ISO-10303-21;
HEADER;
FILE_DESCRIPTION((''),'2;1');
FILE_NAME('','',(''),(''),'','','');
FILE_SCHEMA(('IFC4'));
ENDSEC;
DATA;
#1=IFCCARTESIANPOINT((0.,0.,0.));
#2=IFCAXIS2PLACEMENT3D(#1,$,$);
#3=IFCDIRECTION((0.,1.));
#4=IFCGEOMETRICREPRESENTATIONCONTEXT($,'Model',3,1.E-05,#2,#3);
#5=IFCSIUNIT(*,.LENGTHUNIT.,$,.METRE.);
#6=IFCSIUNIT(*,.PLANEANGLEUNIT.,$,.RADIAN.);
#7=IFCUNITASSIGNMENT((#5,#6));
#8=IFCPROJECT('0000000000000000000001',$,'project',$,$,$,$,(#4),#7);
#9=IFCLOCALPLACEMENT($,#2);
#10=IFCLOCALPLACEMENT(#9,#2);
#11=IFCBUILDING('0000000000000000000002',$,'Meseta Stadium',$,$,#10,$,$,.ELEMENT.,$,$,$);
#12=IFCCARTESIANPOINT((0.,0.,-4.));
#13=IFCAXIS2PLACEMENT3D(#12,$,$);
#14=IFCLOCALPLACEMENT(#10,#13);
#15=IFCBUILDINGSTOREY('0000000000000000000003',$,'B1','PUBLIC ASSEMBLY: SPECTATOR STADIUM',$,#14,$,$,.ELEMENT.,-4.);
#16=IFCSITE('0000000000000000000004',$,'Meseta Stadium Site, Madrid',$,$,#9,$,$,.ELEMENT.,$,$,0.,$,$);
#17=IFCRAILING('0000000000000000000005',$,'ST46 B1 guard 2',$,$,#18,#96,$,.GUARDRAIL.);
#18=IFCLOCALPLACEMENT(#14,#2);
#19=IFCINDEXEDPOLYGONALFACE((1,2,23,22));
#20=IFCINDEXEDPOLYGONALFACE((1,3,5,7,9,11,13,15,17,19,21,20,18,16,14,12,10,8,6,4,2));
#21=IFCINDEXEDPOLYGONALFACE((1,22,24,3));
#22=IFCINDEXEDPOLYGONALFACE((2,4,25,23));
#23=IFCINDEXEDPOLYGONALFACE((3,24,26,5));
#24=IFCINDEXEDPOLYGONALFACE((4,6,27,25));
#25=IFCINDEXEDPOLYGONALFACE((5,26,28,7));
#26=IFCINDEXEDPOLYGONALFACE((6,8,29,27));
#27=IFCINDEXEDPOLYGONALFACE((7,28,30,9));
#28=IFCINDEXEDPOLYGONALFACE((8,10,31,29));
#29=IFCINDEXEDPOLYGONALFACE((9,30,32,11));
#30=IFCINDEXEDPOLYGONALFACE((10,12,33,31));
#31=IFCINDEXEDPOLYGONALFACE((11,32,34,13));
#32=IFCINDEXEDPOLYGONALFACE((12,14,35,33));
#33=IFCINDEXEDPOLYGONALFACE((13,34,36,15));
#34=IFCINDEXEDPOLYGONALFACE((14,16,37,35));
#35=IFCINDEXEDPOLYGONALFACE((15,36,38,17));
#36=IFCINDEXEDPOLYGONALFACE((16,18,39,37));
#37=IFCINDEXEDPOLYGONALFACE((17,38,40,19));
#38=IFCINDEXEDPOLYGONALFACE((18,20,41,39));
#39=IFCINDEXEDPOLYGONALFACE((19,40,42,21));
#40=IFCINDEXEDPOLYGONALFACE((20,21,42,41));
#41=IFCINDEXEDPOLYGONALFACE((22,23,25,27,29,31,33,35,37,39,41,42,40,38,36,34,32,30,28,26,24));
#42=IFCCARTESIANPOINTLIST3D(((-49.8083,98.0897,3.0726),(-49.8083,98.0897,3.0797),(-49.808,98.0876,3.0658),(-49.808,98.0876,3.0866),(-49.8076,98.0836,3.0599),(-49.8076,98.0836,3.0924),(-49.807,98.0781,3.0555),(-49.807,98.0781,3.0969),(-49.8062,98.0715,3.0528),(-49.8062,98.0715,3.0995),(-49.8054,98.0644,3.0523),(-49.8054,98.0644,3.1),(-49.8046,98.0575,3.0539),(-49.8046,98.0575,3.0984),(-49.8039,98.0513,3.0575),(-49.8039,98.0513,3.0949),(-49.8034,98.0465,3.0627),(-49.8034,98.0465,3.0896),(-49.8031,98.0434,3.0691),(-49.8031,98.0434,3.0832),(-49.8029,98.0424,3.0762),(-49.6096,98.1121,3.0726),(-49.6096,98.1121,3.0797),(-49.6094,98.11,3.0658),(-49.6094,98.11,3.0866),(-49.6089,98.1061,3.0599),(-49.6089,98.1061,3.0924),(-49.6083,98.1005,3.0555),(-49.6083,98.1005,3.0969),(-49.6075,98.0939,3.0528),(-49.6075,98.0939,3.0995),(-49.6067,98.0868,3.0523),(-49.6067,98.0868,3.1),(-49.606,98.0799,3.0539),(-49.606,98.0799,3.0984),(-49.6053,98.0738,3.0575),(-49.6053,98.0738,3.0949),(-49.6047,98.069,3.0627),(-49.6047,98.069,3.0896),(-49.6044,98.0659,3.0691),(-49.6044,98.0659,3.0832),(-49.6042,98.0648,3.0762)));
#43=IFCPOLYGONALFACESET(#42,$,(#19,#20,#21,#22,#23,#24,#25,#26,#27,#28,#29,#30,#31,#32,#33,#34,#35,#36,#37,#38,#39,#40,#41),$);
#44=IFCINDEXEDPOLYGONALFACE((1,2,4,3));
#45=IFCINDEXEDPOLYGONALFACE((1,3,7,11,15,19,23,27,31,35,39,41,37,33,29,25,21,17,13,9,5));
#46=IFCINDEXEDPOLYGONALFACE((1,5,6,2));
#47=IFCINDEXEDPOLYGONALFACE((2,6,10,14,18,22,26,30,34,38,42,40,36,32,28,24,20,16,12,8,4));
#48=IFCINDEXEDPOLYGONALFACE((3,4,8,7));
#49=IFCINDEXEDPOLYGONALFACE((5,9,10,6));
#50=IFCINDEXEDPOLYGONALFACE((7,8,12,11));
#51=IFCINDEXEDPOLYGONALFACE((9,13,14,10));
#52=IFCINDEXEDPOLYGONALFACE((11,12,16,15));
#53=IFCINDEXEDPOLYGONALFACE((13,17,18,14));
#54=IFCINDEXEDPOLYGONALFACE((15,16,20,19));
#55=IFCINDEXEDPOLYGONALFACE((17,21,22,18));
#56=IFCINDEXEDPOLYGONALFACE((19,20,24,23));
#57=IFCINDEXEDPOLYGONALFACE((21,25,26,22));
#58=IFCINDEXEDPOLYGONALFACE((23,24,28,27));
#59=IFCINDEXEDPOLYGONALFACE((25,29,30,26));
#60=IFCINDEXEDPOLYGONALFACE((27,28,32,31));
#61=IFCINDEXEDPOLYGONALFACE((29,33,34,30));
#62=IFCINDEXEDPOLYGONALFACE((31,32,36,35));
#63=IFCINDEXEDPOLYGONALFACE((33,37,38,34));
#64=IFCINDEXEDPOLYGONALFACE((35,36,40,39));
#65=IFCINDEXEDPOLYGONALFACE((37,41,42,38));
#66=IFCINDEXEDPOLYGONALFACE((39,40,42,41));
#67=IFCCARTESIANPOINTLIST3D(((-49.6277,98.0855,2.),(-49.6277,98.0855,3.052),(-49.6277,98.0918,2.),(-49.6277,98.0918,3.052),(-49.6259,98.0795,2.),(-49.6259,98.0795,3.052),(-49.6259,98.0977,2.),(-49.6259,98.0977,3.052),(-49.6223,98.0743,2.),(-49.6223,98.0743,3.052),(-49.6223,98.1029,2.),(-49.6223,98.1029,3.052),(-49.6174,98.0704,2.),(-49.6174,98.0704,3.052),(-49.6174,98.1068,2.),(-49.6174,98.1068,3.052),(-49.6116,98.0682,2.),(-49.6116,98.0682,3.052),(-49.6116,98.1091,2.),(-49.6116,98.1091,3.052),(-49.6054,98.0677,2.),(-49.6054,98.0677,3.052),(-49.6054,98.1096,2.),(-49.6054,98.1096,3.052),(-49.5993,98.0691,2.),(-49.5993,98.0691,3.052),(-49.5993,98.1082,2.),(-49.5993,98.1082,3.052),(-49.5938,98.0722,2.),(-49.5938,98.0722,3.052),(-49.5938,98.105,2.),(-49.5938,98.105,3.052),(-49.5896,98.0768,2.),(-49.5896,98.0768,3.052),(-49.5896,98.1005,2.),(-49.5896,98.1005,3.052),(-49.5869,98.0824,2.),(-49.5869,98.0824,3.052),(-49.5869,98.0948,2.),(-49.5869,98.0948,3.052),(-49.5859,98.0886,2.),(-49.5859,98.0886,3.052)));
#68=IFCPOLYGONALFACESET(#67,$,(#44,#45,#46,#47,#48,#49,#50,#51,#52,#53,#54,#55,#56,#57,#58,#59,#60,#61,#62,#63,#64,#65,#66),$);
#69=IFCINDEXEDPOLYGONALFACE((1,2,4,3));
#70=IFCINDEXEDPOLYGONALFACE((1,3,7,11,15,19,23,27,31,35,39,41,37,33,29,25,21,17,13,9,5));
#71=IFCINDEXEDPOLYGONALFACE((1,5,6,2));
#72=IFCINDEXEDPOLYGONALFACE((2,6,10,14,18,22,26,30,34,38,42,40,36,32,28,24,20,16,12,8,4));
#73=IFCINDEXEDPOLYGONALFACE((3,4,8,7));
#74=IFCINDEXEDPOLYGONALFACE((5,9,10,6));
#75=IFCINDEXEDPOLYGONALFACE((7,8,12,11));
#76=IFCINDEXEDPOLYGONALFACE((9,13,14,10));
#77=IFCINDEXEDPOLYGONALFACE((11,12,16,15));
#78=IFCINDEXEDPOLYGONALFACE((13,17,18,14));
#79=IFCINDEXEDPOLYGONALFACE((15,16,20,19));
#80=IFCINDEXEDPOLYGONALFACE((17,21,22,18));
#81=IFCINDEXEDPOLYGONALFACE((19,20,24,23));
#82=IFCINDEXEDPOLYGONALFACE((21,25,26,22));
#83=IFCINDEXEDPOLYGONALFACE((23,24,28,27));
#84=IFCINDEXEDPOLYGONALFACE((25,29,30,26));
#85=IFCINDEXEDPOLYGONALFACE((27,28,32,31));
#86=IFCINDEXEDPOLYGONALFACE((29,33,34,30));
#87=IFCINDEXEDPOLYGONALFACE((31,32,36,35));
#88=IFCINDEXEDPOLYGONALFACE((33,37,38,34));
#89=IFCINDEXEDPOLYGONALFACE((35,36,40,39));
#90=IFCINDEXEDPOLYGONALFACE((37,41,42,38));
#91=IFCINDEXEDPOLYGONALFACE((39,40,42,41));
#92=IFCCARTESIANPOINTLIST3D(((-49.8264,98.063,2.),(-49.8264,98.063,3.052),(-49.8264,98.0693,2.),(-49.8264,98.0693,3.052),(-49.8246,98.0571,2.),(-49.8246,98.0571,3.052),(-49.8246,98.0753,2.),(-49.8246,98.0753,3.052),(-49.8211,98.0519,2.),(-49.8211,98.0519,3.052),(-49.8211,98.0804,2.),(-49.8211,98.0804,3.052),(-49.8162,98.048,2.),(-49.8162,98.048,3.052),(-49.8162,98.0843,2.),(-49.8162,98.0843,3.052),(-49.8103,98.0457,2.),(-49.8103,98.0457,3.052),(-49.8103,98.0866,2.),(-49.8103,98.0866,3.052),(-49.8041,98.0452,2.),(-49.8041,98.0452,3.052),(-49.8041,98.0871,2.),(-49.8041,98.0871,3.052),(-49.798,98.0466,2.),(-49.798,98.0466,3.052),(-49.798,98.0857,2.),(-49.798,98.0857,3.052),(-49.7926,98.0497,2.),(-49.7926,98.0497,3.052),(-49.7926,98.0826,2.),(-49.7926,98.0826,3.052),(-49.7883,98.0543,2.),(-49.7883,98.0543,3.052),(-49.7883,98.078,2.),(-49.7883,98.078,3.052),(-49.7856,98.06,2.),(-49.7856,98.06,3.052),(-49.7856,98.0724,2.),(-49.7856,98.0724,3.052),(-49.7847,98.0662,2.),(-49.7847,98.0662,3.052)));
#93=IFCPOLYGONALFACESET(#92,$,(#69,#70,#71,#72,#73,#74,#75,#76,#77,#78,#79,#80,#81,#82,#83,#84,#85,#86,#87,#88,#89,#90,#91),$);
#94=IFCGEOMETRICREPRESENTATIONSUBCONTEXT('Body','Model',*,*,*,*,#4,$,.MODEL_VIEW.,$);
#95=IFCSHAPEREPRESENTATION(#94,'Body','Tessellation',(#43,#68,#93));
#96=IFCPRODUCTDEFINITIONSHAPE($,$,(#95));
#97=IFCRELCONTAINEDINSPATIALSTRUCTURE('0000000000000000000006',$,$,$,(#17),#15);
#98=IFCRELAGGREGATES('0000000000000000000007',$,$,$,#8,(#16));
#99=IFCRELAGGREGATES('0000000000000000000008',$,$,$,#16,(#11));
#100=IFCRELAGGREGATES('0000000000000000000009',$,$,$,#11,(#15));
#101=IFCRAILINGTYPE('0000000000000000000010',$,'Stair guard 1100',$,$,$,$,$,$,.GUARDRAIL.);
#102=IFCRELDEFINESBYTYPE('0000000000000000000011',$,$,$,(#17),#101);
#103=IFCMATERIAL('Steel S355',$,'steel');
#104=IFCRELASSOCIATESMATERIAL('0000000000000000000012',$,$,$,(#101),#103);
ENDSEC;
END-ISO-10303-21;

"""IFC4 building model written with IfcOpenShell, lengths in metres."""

from ifc_helpers import new_model, si_unit, direction, frame, origin, origin_2d, place, context, subcontext, project, spatial, circle, extrude, material, type_object, element, save


model = new_model("IFC4")

# Units and contexts
model_context = context("Model", 3, precision=1e-05, world=origin(), true_north=direction((0.0, 1.0)))
body_context = subcontext(model_context, "Body", "Model", "MODEL_VIEW")
ifc_project = project(units=[si_unit("LENGTHUNIT", "METRE"), si_unit("PLANEANGLEUNIT", "RADIAN")], contexts=[model_context])

# Site, building, storey
site_placement = place(None, origin())
site = spatial("IfcSite", under=ifc_project, at=site_placement, Name="Meseta Stadium Site, Madrid", CompositionType="ELEMENT", RefElevation=0.0)
building_placement = place(site_placement, origin())
building = spatial("IfcBuilding", under=site, at=building_placement, Name="Meseta Stadium", CompositionType="ELEMENT")
storey_placement = place(building_placement, frame((0.0, 0.0, -4.0)))
storey = spatial("IfcBuildingStorey", under=building, at=storey_placement, Name="B1", Description="PUBLIC ASSEMBLY: SPECTATOR STADIUM", CompositionType="ELEMENT", Elevation=-4.0)

# Railing
ifc_material_1 = material(Name="Steel S355", Category="steel")
railing_type_1 = type_object("IfcRailingType", Name="Stair guard 1100", PredefinedType="GUARDRAIL", material=ifc_material_1)
railing_1_placement = place(storey_placement, frame((-49.6069, 98.0886, 2.0)))
element("IfcRailing", 1, at=railing_1_placement, inside=storey, type_object=railing_type_1, Name="ST46 B1 guard 2", PredefinedType="GUARDRAIL", context=body_context, shape_type="SweptSolid", body=[
    extrude(circle(Radius=0.0239, at=origin_2d()), frame((0.0, 0.0, 1.0762), z_axis=(-0.993674, -0.112307, 0.0), x_axis=(0.112307, -0.993674, 0.0)), (0.0, 0.0, 1.0), 0.2),
    extrude(circle(Radius=0.021, at=origin_2d()), origin(), (0.0, 0.0, 1.0), 1.052),
    extrude(circle(Radius=0.021, at=origin_2d()), frame((-0.1987, -0.0225, 0.0)), (0.0, 0.0, 1.0), 1.052),
])

save(model, "model.ifc")
